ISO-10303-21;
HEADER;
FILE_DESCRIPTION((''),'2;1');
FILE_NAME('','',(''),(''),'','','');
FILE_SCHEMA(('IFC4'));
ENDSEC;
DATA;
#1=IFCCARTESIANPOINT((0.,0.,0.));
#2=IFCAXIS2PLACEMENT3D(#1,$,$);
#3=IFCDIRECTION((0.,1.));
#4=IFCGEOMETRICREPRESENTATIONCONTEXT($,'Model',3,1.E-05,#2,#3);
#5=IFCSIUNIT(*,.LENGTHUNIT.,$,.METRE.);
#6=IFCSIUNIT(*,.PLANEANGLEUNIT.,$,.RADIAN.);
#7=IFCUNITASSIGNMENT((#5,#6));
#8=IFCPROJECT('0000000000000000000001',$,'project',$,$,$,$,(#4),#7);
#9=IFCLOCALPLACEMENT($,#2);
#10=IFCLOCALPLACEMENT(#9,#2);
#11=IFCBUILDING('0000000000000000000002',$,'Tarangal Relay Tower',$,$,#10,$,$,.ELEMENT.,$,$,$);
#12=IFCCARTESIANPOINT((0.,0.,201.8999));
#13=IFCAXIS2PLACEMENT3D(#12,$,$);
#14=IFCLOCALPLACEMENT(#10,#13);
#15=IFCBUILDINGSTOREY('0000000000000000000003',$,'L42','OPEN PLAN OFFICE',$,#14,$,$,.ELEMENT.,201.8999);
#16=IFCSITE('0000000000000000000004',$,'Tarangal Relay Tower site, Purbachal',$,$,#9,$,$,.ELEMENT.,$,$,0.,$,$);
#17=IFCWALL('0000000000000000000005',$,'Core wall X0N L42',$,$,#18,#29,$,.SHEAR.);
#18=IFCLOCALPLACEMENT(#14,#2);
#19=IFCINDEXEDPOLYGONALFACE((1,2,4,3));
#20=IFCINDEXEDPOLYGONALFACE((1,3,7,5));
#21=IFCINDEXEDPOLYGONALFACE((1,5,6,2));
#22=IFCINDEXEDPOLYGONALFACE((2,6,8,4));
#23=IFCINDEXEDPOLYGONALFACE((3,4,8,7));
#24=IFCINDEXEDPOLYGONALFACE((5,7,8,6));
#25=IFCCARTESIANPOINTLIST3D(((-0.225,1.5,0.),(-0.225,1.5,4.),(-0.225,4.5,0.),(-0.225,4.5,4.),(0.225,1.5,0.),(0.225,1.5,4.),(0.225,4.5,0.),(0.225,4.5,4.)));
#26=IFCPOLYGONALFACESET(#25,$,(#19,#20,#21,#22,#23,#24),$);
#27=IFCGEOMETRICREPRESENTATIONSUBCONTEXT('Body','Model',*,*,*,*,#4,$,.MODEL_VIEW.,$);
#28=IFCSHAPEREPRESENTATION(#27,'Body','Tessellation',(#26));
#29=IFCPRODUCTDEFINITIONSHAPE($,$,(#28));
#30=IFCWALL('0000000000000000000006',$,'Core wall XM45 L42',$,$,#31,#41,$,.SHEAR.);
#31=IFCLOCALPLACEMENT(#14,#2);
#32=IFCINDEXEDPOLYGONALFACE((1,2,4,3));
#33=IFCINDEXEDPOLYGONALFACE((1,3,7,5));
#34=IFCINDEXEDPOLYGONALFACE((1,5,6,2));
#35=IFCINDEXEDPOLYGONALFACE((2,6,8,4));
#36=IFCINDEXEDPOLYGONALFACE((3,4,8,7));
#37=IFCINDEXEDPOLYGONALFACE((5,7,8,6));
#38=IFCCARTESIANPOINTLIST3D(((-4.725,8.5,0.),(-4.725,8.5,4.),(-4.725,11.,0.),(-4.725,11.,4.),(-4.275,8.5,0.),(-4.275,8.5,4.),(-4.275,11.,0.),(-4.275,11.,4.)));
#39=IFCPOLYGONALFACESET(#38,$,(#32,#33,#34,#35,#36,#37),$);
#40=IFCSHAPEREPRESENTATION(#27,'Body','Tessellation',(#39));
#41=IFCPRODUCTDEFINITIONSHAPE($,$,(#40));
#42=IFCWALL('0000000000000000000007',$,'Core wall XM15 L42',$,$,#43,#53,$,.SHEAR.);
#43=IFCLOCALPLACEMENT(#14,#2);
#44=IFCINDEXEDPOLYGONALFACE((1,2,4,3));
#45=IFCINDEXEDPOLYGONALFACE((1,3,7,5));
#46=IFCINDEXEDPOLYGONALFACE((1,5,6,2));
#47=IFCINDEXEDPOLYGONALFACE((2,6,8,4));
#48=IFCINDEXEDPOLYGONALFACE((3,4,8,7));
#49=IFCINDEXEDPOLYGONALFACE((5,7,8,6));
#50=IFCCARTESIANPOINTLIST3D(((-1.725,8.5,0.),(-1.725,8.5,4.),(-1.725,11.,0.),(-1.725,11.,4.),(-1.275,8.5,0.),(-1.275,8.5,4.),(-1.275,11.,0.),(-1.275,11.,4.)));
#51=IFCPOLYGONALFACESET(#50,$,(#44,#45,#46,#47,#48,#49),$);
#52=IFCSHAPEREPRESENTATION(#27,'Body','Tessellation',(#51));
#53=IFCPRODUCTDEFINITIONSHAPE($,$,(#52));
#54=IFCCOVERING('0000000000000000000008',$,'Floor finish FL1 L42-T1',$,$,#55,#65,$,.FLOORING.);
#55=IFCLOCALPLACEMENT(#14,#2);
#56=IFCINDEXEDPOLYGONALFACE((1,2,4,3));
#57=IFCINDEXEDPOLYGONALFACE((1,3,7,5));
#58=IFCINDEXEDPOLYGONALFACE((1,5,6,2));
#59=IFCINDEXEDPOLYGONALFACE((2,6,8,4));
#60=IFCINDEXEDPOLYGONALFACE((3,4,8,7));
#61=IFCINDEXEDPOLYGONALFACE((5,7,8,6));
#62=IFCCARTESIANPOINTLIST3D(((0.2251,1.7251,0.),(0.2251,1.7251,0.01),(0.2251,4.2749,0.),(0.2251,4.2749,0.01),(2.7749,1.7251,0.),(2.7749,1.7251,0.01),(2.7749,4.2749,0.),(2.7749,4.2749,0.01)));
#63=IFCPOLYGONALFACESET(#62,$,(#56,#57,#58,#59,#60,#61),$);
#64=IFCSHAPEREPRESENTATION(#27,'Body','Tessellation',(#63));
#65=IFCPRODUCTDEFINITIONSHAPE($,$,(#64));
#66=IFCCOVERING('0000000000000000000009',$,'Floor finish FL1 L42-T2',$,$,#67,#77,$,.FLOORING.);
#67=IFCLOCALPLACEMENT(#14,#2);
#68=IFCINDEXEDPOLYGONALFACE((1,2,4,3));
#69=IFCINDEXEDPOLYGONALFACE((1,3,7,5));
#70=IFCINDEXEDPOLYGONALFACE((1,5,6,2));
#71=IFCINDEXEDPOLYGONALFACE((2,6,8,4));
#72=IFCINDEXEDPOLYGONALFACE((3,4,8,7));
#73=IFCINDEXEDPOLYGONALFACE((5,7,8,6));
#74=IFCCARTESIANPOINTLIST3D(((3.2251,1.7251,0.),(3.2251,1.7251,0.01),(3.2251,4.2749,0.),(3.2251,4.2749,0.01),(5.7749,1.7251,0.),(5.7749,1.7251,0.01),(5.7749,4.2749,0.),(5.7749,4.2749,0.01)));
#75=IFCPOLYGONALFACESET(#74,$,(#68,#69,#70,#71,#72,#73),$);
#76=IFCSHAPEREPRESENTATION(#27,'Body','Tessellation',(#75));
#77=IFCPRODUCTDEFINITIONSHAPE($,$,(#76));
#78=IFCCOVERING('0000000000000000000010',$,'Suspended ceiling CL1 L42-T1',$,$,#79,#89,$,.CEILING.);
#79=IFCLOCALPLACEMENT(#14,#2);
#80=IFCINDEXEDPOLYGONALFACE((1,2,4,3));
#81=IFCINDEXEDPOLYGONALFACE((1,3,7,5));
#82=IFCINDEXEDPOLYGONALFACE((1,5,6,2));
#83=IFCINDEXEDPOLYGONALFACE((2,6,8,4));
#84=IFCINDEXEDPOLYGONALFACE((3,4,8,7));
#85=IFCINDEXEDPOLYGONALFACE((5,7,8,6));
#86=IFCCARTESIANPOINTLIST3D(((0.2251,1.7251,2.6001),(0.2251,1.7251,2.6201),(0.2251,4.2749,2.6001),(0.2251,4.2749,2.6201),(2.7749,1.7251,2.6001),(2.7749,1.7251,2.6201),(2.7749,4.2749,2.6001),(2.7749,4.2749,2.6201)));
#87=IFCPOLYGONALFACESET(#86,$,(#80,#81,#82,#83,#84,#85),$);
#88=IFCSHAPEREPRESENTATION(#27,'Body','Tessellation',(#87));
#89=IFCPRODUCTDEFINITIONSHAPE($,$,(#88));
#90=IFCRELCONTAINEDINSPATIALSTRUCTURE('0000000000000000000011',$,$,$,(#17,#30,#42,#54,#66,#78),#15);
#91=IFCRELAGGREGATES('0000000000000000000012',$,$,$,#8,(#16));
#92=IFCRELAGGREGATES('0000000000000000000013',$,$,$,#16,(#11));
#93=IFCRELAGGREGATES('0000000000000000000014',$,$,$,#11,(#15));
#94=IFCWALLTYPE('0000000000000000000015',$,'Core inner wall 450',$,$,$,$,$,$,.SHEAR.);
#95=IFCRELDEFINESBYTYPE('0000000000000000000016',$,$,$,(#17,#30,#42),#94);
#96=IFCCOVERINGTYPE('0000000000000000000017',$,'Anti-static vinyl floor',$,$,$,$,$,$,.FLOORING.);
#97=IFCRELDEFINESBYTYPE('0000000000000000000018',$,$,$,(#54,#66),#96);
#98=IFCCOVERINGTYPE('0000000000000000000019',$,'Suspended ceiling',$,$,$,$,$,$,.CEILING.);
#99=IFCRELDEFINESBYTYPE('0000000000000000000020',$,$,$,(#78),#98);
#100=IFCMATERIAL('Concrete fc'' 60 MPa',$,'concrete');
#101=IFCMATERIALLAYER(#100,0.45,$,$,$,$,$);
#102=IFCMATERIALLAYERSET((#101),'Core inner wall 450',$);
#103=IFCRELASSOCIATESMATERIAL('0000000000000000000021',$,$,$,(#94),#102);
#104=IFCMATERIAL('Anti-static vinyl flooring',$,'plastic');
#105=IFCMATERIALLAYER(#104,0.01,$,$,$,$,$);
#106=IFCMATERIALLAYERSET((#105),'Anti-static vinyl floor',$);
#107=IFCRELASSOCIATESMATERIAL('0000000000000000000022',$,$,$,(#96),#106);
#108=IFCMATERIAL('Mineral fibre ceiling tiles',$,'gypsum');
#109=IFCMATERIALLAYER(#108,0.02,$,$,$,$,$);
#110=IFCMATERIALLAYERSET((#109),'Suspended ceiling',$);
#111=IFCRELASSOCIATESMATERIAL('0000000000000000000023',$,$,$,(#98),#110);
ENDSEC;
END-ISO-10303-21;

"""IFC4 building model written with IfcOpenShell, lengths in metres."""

from ifc_helpers import new_model, si_unit, direction, frame, frame_2d, origin, place, context, subcontext, project, spatial, polyline, rectangle, outline, extrude, material, layer, layer_set, type_object, element, save


model = new_model("IFC4")

# Units and contexts
model_context = context("Model", 3, precision=1e-05, world=origin(), true_north=direction((0.0, 1.0)))
body_context = subcontext(model_context, "Body", "Model", "MODEL_VIEW")
ifc_project = project(units=[si_unit("LENGTHUNIT", "METRE"), si_unit("PLANEANGLEUNIT", "RADIAN")], contexts=[model_context])

# Site, building, storey
site_placement = place(None, origin())
site = spatial("IfcSite", under=ifc_project, at=site_placement, Name="Tarangal Relay Tower site, Purbachal", CompositionType="ELEMENT", RefElevation=0.0)
building_placement = place(site_placement, origin())
building = spatial("IfcBuilding", under=site, at=building_placement, Name="Tarangal Relay Tower", CompositionType="ELEMENT")
storey_placement = place(building_placement, frame((0.0, 0.0, 201.8999)))
storey = spatial("IfcBuildingStorey", under=building, at=storey_placement, Name="L42", Description="OPEN PLAN OFFICE", CompositionType="ELEMENT", Elevation=201.8999)

# Shared definitions
ifc_material_1 = material(Name="Concrete fc' 60 MPa", Category="concrete")
ifc_layer_1 = layer(ifc_material_1, 0.45)
ifc_layer_set_1 = layer_set([ifc_layer_1], Name="Core inner wall 450")
wall_type = type_object("IfcWallType", Name="Core inner wall 450", PredefinedType="SHEAR", material=ifc_layer_set_1)

# Walls
for number, where, z_axis, x_axis, name in (
    (1, (0.0, 1.5, 0.0), (0.0, 0.0, 1.0), (0.0, 1.0, 0.0), "Core wall X0N L42"),
):
    element("IfcWall", number, at=place(storey_placement, frame(where, z_axis=z_axis, x_axis=x_axis)), inside=storey, type_object=wall_type, Name=name, PredefinedType="SHEAR", context=body_context, shape_type="SweptSolid", body=[
        extrude(rectangle(XDim=3.0, YDim=0.45, at=frame_2d((1.5, 0.0))), origin(), (0.0, 0.0, 1.0), 4.0),
    ])
for number, where, z_axis, x_axis, name in (
    (2, (-4.5, 8.5, 0.0), (0.0, 0.0, 1.0), (0.0, 1.0, 0.0), "Core wall XM45 L42"),
    (3, (-1.5, 8.5, 0.0), (0.0, 0.0, 1.0), (0.0, 1.0, 0.0), "Core wall XM15 L42"),
):
    element("IfcWall", number, at=place(storey_placement, frame(where, z_axis=z_axis, x_axis=x_axis)), inside=storey, type_object=wall_type, Name=name, PredefinedType="SHEAR", context=body_context, shape_type="SweptSolid", body=[
        extrude(rectangle(XDim=2.5, YDim=0.45, at=frame_2d((1.25, 0.0))), origin(), (0.0, 0.0, 1.0), 4.0),
    ])

# Coverings
ifc_material_2 = material(Name="Anti-static vinyl flooring", Category="plastic")
ifc_layer_2 = layer(ifc_material_2, 0.01)
ifc_layer_set_2 = layer_set([ifc_layer_2], Name="Anti-static vinyl floor")
covering_type_1 = type_object("IfcCoveringType", Name="Anti-static vinyl floor", PredefinedType="FLOORING", material=ifc_layer_set_2)
covering_1_placement = place(storey_placement, origin())
element("IfcCovering", 4, at=covering_1_placement, inside=storey, type_object=covering_type_1, Name="Floor finish FL1 L42-T1", PredefinedType="FLOORING", context=body_context, shape_type="SweptSolid", body=[
    extrude(outline(polyline([(0.2251, 1.7251), (2.7749, 1.7251), (2.7749, 4.2749), (0.2251, 4.2749), (0.2251, 1.7251)])), origin(), (0.0, 0.0, 1.0), 0.01),
])
covering_2_placement = place(storey_placement, origin())
element("IfcCovering", 5, at=covering_2_placement, inside=storey, type_object=covering_type_1, Name="Floor finish FL1 L42-T2", PredefinedType="FLOORING", context=body_context, shape_type="SweptSolid", body=[
    extrude(outline(polyline([(3.2251, 1.7251), (5.7749, 1.7251), (5.7749, 4.2749), (3.2251, 4.2749), (3.2251, 1.7251)])), origin(), (0.0, 0.0, 1.0), 0.01),
])
ifc_material_3 = material(Name="Mineral fibre ceiling tiles", Category="gypsum")
ifc_layer_3 = layer(ifc_material_3, 0.02)
ifc_layer_set_3 = layer_set([ifc_layer_3], Name="Suspended ceiling")
covering_type_2 = type_object("IfcCoveringType", Name="Suspended ceiling", PredefinedType="CEILING", material=ifc_layer_set_3)
covering_3_placement = place(storey_placement, frame((0.0, 0.0, 2.6001)))
element("IfcCovering", 6, at=covering_3_placement, inside=storey, type_object=covering_type_2, Name="Suspended ceiling CL1 L42-T1", PredefinedType="CEILING", context=body_context, shape_type="SweptSolid", body=[
    extrude(outline(polyline([(0.2251, 1.7251), (2.7749, 1.7251), (2.7749, 4.2749), (0.2251, 4.2749), (0.2251, 1.7251)])), origin(), (0.0, 0.0, 1.0), 0.02),
])

save(model, "model.ifc")
